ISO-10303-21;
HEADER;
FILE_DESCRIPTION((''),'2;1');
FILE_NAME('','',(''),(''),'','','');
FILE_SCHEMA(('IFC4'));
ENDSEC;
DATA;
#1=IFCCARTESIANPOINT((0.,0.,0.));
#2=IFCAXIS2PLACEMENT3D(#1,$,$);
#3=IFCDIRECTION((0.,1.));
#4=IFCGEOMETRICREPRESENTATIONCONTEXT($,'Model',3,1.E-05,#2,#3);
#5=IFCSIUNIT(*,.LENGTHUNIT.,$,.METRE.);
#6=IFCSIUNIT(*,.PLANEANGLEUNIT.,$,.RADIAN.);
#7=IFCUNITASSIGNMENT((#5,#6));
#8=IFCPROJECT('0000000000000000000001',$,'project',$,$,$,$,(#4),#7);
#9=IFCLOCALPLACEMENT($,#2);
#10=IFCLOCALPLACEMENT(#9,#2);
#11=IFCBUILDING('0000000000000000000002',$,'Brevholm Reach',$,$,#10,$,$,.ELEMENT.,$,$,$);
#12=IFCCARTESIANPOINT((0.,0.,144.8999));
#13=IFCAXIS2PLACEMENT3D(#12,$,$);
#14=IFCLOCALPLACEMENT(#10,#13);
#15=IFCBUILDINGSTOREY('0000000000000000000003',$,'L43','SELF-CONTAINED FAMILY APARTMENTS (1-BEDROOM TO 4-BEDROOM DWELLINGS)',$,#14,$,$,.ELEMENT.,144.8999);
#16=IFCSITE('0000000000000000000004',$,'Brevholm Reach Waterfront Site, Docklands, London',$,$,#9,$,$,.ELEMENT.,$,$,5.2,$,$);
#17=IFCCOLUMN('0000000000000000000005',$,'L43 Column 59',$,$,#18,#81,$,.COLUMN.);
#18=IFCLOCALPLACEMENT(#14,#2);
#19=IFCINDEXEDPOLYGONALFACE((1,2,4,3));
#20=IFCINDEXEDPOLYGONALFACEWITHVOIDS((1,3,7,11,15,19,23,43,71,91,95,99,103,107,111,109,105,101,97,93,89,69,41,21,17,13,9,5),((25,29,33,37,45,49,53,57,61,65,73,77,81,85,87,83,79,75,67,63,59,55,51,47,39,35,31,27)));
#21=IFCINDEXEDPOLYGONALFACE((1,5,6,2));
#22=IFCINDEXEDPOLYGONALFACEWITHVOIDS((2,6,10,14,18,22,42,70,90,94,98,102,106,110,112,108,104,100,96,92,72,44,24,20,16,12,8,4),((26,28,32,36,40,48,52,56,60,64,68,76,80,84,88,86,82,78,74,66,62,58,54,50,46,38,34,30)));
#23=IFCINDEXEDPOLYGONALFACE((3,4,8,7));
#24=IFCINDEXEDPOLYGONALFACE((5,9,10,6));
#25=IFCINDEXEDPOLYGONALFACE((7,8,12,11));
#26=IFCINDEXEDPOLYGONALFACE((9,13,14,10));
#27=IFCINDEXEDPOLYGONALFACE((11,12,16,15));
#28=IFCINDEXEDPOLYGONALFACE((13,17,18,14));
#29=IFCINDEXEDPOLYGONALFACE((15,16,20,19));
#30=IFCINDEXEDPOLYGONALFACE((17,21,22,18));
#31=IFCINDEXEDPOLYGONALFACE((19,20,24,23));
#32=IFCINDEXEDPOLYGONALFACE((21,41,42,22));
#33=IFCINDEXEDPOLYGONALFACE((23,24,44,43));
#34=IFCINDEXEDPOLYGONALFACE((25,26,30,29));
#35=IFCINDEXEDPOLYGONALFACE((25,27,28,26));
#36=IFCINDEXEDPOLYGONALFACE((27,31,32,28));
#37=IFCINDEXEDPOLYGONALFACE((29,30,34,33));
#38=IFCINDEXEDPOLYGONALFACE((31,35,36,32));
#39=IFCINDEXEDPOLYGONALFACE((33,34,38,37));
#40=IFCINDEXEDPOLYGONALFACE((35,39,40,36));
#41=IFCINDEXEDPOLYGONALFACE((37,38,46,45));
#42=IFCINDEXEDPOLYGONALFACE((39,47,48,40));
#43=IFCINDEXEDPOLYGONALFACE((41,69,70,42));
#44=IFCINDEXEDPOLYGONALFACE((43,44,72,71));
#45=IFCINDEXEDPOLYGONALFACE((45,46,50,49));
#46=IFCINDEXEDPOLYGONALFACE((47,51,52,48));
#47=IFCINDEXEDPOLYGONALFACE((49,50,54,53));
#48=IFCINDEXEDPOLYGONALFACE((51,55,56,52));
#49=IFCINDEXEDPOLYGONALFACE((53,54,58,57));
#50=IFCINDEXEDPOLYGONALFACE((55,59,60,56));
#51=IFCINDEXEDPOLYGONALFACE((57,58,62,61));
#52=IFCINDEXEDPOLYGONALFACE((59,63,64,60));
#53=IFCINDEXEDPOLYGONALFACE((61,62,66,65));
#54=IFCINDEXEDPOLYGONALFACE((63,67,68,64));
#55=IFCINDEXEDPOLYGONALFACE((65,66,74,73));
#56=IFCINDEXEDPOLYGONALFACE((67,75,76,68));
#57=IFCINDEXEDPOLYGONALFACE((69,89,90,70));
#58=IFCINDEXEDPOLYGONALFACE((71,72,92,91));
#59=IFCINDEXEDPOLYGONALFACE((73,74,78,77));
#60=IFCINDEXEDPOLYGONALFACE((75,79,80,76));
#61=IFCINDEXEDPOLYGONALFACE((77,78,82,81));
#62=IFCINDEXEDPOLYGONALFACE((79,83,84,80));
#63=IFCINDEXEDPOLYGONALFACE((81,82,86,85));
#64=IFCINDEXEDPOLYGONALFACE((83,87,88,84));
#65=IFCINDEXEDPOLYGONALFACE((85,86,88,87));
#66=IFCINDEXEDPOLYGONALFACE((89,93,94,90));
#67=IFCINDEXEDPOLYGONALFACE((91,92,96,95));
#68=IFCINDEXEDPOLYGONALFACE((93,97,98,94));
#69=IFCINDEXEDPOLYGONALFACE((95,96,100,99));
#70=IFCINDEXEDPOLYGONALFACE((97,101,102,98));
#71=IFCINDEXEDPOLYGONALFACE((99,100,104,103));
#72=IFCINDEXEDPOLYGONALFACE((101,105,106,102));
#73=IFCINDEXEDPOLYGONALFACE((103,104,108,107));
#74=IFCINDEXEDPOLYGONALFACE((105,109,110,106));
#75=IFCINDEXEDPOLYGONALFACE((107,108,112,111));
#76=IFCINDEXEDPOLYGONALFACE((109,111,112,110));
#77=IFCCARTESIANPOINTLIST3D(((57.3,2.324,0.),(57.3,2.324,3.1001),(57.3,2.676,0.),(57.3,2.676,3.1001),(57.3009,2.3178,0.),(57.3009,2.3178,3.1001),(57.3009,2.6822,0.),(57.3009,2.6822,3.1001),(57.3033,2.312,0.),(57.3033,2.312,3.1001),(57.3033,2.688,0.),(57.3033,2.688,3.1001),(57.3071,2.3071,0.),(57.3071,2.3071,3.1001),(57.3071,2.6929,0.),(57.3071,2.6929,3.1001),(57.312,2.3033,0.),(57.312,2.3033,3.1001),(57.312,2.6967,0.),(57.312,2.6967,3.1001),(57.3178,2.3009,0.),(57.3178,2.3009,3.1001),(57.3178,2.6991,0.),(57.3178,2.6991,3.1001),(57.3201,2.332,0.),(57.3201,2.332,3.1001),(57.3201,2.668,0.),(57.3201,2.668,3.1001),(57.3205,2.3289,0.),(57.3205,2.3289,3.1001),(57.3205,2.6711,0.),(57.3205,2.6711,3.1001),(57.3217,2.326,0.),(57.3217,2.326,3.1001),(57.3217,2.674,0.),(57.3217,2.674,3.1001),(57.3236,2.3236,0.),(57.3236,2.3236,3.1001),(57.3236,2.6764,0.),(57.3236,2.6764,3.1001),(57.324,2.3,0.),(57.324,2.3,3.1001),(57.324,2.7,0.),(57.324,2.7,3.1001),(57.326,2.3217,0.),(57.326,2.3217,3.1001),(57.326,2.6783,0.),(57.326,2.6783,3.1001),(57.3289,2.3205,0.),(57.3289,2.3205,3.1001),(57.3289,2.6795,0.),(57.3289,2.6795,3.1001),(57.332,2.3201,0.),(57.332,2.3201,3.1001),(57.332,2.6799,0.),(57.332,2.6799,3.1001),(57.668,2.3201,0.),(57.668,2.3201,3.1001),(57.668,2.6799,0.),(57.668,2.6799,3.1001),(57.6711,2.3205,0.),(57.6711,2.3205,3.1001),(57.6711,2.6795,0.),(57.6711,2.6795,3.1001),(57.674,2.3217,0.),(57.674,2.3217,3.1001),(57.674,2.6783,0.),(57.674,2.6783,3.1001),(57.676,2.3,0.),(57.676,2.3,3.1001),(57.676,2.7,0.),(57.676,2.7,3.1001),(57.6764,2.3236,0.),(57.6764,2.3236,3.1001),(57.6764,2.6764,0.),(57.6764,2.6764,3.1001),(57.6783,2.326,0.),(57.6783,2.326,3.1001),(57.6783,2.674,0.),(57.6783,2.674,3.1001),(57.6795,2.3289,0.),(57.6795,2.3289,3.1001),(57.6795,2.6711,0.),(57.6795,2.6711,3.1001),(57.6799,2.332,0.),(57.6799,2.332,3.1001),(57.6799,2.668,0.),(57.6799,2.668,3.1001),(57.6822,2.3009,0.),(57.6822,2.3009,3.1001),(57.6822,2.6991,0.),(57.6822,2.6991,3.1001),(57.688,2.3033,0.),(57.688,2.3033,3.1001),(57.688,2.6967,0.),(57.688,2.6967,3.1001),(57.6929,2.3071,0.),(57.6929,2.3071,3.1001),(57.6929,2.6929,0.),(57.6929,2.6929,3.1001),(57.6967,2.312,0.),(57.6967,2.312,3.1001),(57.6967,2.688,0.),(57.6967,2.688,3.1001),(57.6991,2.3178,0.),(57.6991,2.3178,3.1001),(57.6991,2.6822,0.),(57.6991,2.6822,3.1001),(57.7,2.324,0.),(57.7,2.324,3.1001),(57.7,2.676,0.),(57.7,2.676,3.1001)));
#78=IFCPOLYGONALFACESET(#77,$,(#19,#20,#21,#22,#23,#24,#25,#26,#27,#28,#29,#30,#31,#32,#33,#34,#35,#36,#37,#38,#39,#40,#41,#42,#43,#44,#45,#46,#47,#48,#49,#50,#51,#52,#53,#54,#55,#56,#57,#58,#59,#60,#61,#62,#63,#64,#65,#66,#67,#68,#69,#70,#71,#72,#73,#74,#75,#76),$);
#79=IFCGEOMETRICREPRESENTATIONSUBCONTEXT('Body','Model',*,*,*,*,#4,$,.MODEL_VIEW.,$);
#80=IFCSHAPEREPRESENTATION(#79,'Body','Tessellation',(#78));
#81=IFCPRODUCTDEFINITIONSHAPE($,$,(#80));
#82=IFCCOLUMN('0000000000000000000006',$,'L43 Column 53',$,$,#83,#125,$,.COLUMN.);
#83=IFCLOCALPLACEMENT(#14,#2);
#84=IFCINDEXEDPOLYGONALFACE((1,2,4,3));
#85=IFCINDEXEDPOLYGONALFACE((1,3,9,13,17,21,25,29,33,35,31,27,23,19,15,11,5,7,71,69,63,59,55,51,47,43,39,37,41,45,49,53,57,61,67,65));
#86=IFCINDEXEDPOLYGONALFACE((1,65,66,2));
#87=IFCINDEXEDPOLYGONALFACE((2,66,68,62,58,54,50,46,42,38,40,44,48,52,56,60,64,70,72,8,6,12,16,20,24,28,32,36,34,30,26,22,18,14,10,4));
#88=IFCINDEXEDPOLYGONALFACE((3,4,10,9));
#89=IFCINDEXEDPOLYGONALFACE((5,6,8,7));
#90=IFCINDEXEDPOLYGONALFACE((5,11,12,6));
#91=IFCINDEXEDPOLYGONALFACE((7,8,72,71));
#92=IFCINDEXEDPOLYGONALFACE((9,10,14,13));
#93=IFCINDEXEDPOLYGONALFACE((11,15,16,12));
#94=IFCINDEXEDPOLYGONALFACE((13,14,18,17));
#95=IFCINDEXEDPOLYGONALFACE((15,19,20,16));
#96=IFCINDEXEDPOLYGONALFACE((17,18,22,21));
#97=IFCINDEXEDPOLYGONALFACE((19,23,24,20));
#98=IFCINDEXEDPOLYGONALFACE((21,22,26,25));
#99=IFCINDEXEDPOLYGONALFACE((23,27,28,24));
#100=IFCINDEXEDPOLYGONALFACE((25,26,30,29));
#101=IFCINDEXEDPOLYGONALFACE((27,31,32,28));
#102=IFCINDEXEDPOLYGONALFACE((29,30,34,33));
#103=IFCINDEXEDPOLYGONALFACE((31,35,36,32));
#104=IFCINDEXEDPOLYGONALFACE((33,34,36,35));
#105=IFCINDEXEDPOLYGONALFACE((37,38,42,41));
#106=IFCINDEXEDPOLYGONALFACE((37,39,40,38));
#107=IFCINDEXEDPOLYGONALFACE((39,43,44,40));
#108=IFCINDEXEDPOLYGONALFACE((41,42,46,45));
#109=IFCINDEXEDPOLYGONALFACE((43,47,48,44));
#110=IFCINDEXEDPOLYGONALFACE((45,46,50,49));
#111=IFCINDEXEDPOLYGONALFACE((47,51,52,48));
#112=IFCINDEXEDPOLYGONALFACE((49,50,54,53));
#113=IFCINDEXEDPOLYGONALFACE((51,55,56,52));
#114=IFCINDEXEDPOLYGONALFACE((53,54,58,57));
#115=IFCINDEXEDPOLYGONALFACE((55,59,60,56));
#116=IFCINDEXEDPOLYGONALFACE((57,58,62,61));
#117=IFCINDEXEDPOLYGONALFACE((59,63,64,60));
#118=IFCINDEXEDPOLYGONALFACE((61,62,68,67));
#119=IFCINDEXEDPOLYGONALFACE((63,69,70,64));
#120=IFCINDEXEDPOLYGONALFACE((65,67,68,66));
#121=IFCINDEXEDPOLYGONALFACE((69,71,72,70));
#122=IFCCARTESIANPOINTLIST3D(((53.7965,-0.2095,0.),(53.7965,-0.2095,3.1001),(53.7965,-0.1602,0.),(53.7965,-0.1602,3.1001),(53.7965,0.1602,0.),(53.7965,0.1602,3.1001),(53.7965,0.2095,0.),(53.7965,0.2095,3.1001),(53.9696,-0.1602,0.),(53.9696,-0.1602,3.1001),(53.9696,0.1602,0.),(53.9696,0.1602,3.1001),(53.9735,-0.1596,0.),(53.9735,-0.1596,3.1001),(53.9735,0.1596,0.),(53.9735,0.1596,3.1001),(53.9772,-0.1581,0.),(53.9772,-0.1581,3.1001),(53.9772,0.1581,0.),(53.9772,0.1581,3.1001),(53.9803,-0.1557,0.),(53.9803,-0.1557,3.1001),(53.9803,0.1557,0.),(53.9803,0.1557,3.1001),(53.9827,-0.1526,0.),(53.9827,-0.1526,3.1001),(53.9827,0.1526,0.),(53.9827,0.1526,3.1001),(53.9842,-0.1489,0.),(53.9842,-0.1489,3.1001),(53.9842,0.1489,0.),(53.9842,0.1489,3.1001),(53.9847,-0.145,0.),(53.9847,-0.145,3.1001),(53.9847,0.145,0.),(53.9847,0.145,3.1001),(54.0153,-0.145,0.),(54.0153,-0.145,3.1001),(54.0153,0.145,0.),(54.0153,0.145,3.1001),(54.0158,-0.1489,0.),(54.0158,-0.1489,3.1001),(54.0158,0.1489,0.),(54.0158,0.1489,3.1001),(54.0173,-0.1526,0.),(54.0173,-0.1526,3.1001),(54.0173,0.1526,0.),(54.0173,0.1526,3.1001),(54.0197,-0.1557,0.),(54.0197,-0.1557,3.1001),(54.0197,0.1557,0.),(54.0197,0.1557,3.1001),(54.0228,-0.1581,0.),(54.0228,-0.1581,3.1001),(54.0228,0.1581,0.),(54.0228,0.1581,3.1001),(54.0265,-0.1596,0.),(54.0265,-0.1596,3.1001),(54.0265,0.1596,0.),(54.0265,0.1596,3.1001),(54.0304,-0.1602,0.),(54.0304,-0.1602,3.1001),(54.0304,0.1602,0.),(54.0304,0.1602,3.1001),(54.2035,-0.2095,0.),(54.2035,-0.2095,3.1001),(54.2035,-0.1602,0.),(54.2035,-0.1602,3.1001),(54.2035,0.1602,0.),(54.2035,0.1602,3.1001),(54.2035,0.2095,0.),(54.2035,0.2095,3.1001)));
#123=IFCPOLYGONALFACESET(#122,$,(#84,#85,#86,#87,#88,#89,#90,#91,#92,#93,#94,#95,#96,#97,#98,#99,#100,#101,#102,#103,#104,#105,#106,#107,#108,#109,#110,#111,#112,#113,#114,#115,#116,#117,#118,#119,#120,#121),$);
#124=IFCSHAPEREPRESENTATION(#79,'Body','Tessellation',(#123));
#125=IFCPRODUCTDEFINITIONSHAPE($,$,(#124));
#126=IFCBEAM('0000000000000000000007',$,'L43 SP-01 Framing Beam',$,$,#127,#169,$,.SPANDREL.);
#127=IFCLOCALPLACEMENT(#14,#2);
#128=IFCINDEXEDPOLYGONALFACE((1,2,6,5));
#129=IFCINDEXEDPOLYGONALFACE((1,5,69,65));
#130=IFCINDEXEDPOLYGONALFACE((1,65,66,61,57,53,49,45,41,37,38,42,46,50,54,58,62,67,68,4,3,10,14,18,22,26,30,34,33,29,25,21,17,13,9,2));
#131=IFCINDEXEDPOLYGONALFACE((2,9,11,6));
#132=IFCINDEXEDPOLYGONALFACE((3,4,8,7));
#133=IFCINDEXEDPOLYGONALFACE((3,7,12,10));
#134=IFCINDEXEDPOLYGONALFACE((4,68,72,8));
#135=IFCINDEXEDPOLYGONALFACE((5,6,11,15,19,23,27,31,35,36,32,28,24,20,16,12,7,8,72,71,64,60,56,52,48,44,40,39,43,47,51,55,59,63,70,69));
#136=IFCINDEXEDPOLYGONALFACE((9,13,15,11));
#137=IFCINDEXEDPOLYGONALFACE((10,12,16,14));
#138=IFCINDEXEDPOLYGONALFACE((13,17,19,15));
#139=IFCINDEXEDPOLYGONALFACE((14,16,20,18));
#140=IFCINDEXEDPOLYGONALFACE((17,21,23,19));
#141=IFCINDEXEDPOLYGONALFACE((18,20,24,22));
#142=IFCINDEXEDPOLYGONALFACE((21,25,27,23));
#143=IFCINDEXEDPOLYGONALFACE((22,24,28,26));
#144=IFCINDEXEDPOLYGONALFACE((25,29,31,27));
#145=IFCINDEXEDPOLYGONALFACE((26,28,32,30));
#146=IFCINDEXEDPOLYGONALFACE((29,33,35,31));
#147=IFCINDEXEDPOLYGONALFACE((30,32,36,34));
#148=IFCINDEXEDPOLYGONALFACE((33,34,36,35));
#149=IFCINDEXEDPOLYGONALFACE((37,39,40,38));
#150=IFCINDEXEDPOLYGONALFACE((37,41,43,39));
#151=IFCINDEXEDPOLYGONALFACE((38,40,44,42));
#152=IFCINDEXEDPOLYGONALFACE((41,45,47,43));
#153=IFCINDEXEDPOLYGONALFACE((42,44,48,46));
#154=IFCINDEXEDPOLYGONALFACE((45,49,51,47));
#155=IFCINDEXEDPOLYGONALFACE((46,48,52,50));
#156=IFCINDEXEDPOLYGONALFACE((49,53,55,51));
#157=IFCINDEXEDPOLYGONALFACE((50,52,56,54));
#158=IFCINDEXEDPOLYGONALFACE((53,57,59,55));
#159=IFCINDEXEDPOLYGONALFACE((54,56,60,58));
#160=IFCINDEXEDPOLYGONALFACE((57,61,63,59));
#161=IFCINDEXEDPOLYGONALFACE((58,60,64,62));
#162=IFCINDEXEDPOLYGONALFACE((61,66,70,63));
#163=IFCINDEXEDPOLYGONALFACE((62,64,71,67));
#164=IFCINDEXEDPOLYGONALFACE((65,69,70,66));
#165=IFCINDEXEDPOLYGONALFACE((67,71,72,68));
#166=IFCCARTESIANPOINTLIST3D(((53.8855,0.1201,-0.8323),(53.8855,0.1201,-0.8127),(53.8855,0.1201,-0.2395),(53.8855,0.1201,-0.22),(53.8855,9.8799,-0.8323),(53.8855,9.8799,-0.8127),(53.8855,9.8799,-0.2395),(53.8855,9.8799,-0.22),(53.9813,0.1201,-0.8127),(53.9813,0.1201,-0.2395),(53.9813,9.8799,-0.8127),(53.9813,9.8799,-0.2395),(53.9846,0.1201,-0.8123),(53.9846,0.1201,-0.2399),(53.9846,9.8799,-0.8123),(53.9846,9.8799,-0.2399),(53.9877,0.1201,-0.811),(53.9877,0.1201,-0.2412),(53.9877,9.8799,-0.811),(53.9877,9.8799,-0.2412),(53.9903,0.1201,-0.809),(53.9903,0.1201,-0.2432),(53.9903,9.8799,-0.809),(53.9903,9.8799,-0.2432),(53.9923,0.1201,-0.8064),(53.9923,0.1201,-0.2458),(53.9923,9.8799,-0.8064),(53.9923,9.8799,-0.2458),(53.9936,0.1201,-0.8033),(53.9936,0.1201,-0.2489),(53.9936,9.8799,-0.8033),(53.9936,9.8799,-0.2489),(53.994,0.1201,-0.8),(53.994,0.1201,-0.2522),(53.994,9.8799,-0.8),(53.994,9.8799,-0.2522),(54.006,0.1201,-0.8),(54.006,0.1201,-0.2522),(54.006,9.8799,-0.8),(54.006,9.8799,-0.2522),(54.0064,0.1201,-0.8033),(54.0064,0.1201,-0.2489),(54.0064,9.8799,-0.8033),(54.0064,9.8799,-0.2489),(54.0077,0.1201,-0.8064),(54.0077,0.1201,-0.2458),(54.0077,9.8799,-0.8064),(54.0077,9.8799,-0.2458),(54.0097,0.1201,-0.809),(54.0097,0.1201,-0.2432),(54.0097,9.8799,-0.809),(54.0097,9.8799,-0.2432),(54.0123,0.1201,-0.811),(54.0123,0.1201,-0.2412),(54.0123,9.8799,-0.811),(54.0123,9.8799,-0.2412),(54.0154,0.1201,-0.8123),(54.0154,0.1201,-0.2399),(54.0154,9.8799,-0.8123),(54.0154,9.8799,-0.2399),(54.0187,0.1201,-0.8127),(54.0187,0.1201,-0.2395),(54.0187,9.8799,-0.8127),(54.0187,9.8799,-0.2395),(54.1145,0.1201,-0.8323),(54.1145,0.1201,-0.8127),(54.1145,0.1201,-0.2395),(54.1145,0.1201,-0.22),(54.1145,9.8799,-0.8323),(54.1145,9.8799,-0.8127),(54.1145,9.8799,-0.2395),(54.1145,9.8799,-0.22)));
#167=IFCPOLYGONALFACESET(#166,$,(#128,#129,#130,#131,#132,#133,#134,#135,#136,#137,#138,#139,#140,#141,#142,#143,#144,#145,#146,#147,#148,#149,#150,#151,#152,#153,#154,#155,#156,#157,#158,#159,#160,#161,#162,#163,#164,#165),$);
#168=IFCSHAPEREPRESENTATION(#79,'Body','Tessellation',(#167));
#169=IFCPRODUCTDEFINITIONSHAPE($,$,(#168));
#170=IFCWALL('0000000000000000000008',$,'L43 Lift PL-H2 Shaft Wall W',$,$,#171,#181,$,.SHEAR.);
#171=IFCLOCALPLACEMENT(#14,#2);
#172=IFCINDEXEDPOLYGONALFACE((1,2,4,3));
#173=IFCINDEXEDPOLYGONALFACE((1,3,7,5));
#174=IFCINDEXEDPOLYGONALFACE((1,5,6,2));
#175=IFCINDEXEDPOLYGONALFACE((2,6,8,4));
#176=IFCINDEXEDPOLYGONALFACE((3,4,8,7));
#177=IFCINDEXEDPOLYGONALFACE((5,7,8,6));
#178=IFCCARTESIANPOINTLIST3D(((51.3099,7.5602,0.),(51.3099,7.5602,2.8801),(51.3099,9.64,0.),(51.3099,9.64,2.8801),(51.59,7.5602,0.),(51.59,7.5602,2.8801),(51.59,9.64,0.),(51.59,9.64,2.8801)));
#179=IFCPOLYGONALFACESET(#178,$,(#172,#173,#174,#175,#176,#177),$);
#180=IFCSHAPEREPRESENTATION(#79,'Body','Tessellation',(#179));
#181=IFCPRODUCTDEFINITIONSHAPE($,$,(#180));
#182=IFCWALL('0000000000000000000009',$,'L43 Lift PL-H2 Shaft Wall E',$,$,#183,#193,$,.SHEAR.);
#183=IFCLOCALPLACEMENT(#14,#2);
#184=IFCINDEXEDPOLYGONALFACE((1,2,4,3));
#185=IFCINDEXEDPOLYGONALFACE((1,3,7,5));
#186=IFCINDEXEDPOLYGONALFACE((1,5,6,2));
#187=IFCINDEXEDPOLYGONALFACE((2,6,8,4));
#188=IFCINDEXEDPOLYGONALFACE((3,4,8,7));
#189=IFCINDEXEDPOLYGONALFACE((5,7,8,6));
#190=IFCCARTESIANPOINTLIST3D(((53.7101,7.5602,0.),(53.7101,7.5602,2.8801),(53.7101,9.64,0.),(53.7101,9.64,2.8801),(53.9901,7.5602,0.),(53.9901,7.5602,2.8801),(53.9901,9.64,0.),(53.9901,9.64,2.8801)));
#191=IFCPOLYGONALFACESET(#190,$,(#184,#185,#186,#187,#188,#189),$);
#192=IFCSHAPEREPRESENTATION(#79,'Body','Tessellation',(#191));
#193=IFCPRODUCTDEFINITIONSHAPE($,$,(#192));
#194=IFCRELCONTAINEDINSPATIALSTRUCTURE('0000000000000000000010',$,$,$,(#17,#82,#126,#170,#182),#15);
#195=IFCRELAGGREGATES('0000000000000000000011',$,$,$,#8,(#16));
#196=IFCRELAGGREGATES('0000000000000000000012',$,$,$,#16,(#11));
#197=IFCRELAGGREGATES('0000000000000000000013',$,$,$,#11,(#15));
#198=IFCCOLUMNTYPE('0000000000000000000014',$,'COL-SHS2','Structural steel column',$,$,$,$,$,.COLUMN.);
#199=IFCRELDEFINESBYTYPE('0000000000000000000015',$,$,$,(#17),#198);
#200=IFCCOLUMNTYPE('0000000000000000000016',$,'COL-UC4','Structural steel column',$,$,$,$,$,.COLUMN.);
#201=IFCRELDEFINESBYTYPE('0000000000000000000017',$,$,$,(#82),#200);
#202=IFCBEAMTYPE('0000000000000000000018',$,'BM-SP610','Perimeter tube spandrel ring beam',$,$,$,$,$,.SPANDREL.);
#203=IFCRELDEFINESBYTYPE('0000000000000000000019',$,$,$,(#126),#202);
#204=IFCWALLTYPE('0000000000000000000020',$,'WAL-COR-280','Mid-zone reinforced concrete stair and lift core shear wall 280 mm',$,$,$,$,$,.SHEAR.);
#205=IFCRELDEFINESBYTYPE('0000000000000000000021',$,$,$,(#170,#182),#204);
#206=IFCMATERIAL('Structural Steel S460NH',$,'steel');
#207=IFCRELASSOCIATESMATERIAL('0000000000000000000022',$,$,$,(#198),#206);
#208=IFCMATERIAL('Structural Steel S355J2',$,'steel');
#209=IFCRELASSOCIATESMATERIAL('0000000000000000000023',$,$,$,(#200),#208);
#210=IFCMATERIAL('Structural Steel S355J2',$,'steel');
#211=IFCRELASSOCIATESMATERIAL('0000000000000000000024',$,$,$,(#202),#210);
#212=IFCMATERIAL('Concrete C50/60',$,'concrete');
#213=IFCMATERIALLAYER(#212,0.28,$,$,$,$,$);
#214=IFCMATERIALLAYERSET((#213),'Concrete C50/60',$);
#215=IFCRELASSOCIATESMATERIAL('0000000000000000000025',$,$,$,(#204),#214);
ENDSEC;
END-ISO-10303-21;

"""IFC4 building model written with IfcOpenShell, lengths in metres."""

from ifc_helpers import new_model, si_unit, direction, frame, frame_2d, origin, origin_2d, place, context, subcontext, project, spatial, rectangle, hollow_rectangle, i_section, extrude, material, layer, layer_set, material_profile, profile_set, type_object, element, save


model = new_model("IFC4")

# Units and contexts
model_context = context("Model", 3, precision=1e-05, world=origin(), true_north=direction((0.0, 1.0)))
body_context = subcontext(model_context, "Body", "Model", "MODEL_VIEW")
ifc_project = project(units=[si_unit("LENGTHUNIT", "METRE"), si_unit("PLANEANGLEUNIT", "RADIAN")], contexts=[model_context])

# Site, building, storey
site_placement = place(None, origin())
site = spatial("IfcSite", under=ifc_project, at=site_placement, Name="Brevholm Reach Waterfront Site, Docklands, London", CompositionType="ELEMENT", RefElevation=5.2)
building_placement = place(site_placement, origin())
building = spatial("IfcBuilding", under=site, at=building_placement, Name="Brevholm Reach", CompositionType="ELEMENT")
storey_placement = place(building_placement, frame((0.0, 0.0, 144.8999)))
storey = spatial("IfcBuildingStorey", under=building, at=storey_placement, Name="L43", Description="SELF-CONTAINED FAMILY APARTMENTS (1-BEDROOM TO 4-BEDROOM DWELLINGS)", CompositionType="ELEMENT", Elevation=144.8999)

# Columns
ifc_material_1 = material(Name="Structural Steel S460NH", Category="steel")
ifc_material_profile_1 = material_profile(ifc_material_1, hollow_rectangle(XDim=0.3999, YDim=0.3999, WallThickness=0.02, InnerFilletRadius=0.012, OuterFilletRadius=0.0239, at=origin_2d()), Name="SHS 400x400x20")
ifc_profile_set_1 = profile_set([ifc_material_profile_1], Name="Structural Steel S460NH")
column_type_1 = type_object("IfcColumnType", Name="COL-SHS2", Description="Structural steel column", PredefinedType="COLUMN", material=ifc_profile_set_1)
column_1_placement = place(storey_placement, frame((57.5, 2.5, 0.0), z_axis=(0.0, 0.0, 1.0), x_axis=(1.0, 0.0, 0.0)))
element("IfcColumn", 1, at=column_1_placement, inside=storey, type_object=column_type_1, Name="L43 Column 59", PredefinedType="COLUMN", context=body_context, shape_type="SweptSolid", body=[
    extrude(hollow_rectangle(XDim=0.3999, YDim=0.3999, WallThickness=0.02, InnerFilletRadius=0.012, OuterFilletRadius=0.0239, at=origin_2d()), origin(), (0.0, 0.0, 1.0), 3.1001),
])
ifc_material_2 = material(Name="Structural Steel S355J2", Category="steel")
ifc_material_profile_2 = material_profile(ifc_material_2, i_section(OverallWidth=0.407, OverallDepth=0.4189, WebThickness=0.0305, FlangeThickness=0.0493, FilletRadius=0.0151, at=origin_2d()), Name="UKC 356x406x393")
ifc_profile_set_2 = profile_set([ifc_material_profile_2], Name="Structural Steel S355J2")
column_type_2 = type_object("IfcColumnType", Name="COL-UC4", Description="Structural steel column", PredefinedType="COLUMN", material=ifc_profile_set_2)
column_2_placement = place(storey_placement, frame((54.0, 0.0, 0.0), z_axis=(0.0, 0.0, 1.0), x_axis=(1.0, 0.0, 0.0)))
element("IfcColumn", 2, at=column_2_placement, inside=storey, type_object=column_type_2, Name="L43 Column 53", PredefinedType="COLUMN", context=body_context, shape_type="SweptSolid", body=[
    extrude(i_section(OverallWidth=0.407, OverallDepth=0.4189, WebThickness=0.0305, FlangeThickness=0.0493, FilletRadius=0.0151, at=origin_2d()), origin(), (0.0, 0.0, 1.0), 3.1001),
])

# Beam
ifc_material_3 = material(Name="Structural Steel S355J2", Category="steel")
ifc_material_profile_3 = material_profile(ifc_material_3, i_section(OverallWidth=0.229, OverallDepth=0.6123, WebThickness=0.012, FlangeThickness=0.0195, FilletRadius=0.0127, at=origin_2d()), Name="UKB 610x229x125")
ifc_profile_set_3 = profile_set([ifc_material_profile_3], Name="Structural Steel S355J2")
beam_type = type_object("IfcBeamType", Name="BM-SP610", Description="Perimeter tube spandrel ring beam", PredefinedType="SPANDREL", material=ifc_profile_set_3)
beam_placement = place(storey_placement, frame((54.0, 0.1201, -0.5261), z_axis=(0.0, 1.0, 0.0), x_axis=(-1.0, 0.0, 0.0)))
element("IfcBeam", 3, at=beam_placement, inside=storey, type_object=beam_type, Name="L43 SP-01 Framing Beam", PredefinedType="SPANDREL", context=body_context, shape_type="SweptSolid", body=[
    extrude(i_section(OverallWidth=0.229, OverallDepth=0.6123, WebThickness=0.012, FlangeThickness=0.0195, FilletRadius=0.0127, at=origin_2d()), origin(), (0.0, 0.0, 1.0), 9.7598),
])

# Walls
ifc_material_4 = material(Name="Concrete C50/60", Category="concrete")
ifc_layer_1 = layer(ifc_material_4, 0.28)
ifc_layer_set_1 = layer_set([ifc_layer_1], Name="Concrete C50/60")
wall_type_1 = type_object("IfcWallType", Name="WAL-COR-280", Description="Mid-zone reinforced concrete stair and lift core shear wall 280 mm", PredefinedType="SHEAR", material=ifc_layer_set_1)
for number, where, z_axis, x_axis, name in (
    (4, (51.45, 7.5601, 0.0), (0.0, 0.0, 1.0), (0.0, 1.0, 0.0), "L43 Lift PL-H2 Shaft Wall W"),
    (5, (53.8501, 7.5601, 0.0), (0.0, 0.0, 1.0), (0.0, 1.0, 0.0), "L43 Lift PL-H2 Shaft Wall E"),
):
    element("IfcWall", number, at=place(storey_placement, frame(where, z_axis=z_axis, x_axis=x_axis)), inside=storey, type_object=wall_type_1, Name=name, PredefinedType="SHEAR", context=body_context, shape_type="SweptSolid", body=[
        extrude(rectangle(XDim=2.0798, YDim=0.28, at=frame_2d((1.04, 0.0))), origin(), (0.0, 0.0, 1.0), 2.8801),
    ])

save(model, "model.ifc")
